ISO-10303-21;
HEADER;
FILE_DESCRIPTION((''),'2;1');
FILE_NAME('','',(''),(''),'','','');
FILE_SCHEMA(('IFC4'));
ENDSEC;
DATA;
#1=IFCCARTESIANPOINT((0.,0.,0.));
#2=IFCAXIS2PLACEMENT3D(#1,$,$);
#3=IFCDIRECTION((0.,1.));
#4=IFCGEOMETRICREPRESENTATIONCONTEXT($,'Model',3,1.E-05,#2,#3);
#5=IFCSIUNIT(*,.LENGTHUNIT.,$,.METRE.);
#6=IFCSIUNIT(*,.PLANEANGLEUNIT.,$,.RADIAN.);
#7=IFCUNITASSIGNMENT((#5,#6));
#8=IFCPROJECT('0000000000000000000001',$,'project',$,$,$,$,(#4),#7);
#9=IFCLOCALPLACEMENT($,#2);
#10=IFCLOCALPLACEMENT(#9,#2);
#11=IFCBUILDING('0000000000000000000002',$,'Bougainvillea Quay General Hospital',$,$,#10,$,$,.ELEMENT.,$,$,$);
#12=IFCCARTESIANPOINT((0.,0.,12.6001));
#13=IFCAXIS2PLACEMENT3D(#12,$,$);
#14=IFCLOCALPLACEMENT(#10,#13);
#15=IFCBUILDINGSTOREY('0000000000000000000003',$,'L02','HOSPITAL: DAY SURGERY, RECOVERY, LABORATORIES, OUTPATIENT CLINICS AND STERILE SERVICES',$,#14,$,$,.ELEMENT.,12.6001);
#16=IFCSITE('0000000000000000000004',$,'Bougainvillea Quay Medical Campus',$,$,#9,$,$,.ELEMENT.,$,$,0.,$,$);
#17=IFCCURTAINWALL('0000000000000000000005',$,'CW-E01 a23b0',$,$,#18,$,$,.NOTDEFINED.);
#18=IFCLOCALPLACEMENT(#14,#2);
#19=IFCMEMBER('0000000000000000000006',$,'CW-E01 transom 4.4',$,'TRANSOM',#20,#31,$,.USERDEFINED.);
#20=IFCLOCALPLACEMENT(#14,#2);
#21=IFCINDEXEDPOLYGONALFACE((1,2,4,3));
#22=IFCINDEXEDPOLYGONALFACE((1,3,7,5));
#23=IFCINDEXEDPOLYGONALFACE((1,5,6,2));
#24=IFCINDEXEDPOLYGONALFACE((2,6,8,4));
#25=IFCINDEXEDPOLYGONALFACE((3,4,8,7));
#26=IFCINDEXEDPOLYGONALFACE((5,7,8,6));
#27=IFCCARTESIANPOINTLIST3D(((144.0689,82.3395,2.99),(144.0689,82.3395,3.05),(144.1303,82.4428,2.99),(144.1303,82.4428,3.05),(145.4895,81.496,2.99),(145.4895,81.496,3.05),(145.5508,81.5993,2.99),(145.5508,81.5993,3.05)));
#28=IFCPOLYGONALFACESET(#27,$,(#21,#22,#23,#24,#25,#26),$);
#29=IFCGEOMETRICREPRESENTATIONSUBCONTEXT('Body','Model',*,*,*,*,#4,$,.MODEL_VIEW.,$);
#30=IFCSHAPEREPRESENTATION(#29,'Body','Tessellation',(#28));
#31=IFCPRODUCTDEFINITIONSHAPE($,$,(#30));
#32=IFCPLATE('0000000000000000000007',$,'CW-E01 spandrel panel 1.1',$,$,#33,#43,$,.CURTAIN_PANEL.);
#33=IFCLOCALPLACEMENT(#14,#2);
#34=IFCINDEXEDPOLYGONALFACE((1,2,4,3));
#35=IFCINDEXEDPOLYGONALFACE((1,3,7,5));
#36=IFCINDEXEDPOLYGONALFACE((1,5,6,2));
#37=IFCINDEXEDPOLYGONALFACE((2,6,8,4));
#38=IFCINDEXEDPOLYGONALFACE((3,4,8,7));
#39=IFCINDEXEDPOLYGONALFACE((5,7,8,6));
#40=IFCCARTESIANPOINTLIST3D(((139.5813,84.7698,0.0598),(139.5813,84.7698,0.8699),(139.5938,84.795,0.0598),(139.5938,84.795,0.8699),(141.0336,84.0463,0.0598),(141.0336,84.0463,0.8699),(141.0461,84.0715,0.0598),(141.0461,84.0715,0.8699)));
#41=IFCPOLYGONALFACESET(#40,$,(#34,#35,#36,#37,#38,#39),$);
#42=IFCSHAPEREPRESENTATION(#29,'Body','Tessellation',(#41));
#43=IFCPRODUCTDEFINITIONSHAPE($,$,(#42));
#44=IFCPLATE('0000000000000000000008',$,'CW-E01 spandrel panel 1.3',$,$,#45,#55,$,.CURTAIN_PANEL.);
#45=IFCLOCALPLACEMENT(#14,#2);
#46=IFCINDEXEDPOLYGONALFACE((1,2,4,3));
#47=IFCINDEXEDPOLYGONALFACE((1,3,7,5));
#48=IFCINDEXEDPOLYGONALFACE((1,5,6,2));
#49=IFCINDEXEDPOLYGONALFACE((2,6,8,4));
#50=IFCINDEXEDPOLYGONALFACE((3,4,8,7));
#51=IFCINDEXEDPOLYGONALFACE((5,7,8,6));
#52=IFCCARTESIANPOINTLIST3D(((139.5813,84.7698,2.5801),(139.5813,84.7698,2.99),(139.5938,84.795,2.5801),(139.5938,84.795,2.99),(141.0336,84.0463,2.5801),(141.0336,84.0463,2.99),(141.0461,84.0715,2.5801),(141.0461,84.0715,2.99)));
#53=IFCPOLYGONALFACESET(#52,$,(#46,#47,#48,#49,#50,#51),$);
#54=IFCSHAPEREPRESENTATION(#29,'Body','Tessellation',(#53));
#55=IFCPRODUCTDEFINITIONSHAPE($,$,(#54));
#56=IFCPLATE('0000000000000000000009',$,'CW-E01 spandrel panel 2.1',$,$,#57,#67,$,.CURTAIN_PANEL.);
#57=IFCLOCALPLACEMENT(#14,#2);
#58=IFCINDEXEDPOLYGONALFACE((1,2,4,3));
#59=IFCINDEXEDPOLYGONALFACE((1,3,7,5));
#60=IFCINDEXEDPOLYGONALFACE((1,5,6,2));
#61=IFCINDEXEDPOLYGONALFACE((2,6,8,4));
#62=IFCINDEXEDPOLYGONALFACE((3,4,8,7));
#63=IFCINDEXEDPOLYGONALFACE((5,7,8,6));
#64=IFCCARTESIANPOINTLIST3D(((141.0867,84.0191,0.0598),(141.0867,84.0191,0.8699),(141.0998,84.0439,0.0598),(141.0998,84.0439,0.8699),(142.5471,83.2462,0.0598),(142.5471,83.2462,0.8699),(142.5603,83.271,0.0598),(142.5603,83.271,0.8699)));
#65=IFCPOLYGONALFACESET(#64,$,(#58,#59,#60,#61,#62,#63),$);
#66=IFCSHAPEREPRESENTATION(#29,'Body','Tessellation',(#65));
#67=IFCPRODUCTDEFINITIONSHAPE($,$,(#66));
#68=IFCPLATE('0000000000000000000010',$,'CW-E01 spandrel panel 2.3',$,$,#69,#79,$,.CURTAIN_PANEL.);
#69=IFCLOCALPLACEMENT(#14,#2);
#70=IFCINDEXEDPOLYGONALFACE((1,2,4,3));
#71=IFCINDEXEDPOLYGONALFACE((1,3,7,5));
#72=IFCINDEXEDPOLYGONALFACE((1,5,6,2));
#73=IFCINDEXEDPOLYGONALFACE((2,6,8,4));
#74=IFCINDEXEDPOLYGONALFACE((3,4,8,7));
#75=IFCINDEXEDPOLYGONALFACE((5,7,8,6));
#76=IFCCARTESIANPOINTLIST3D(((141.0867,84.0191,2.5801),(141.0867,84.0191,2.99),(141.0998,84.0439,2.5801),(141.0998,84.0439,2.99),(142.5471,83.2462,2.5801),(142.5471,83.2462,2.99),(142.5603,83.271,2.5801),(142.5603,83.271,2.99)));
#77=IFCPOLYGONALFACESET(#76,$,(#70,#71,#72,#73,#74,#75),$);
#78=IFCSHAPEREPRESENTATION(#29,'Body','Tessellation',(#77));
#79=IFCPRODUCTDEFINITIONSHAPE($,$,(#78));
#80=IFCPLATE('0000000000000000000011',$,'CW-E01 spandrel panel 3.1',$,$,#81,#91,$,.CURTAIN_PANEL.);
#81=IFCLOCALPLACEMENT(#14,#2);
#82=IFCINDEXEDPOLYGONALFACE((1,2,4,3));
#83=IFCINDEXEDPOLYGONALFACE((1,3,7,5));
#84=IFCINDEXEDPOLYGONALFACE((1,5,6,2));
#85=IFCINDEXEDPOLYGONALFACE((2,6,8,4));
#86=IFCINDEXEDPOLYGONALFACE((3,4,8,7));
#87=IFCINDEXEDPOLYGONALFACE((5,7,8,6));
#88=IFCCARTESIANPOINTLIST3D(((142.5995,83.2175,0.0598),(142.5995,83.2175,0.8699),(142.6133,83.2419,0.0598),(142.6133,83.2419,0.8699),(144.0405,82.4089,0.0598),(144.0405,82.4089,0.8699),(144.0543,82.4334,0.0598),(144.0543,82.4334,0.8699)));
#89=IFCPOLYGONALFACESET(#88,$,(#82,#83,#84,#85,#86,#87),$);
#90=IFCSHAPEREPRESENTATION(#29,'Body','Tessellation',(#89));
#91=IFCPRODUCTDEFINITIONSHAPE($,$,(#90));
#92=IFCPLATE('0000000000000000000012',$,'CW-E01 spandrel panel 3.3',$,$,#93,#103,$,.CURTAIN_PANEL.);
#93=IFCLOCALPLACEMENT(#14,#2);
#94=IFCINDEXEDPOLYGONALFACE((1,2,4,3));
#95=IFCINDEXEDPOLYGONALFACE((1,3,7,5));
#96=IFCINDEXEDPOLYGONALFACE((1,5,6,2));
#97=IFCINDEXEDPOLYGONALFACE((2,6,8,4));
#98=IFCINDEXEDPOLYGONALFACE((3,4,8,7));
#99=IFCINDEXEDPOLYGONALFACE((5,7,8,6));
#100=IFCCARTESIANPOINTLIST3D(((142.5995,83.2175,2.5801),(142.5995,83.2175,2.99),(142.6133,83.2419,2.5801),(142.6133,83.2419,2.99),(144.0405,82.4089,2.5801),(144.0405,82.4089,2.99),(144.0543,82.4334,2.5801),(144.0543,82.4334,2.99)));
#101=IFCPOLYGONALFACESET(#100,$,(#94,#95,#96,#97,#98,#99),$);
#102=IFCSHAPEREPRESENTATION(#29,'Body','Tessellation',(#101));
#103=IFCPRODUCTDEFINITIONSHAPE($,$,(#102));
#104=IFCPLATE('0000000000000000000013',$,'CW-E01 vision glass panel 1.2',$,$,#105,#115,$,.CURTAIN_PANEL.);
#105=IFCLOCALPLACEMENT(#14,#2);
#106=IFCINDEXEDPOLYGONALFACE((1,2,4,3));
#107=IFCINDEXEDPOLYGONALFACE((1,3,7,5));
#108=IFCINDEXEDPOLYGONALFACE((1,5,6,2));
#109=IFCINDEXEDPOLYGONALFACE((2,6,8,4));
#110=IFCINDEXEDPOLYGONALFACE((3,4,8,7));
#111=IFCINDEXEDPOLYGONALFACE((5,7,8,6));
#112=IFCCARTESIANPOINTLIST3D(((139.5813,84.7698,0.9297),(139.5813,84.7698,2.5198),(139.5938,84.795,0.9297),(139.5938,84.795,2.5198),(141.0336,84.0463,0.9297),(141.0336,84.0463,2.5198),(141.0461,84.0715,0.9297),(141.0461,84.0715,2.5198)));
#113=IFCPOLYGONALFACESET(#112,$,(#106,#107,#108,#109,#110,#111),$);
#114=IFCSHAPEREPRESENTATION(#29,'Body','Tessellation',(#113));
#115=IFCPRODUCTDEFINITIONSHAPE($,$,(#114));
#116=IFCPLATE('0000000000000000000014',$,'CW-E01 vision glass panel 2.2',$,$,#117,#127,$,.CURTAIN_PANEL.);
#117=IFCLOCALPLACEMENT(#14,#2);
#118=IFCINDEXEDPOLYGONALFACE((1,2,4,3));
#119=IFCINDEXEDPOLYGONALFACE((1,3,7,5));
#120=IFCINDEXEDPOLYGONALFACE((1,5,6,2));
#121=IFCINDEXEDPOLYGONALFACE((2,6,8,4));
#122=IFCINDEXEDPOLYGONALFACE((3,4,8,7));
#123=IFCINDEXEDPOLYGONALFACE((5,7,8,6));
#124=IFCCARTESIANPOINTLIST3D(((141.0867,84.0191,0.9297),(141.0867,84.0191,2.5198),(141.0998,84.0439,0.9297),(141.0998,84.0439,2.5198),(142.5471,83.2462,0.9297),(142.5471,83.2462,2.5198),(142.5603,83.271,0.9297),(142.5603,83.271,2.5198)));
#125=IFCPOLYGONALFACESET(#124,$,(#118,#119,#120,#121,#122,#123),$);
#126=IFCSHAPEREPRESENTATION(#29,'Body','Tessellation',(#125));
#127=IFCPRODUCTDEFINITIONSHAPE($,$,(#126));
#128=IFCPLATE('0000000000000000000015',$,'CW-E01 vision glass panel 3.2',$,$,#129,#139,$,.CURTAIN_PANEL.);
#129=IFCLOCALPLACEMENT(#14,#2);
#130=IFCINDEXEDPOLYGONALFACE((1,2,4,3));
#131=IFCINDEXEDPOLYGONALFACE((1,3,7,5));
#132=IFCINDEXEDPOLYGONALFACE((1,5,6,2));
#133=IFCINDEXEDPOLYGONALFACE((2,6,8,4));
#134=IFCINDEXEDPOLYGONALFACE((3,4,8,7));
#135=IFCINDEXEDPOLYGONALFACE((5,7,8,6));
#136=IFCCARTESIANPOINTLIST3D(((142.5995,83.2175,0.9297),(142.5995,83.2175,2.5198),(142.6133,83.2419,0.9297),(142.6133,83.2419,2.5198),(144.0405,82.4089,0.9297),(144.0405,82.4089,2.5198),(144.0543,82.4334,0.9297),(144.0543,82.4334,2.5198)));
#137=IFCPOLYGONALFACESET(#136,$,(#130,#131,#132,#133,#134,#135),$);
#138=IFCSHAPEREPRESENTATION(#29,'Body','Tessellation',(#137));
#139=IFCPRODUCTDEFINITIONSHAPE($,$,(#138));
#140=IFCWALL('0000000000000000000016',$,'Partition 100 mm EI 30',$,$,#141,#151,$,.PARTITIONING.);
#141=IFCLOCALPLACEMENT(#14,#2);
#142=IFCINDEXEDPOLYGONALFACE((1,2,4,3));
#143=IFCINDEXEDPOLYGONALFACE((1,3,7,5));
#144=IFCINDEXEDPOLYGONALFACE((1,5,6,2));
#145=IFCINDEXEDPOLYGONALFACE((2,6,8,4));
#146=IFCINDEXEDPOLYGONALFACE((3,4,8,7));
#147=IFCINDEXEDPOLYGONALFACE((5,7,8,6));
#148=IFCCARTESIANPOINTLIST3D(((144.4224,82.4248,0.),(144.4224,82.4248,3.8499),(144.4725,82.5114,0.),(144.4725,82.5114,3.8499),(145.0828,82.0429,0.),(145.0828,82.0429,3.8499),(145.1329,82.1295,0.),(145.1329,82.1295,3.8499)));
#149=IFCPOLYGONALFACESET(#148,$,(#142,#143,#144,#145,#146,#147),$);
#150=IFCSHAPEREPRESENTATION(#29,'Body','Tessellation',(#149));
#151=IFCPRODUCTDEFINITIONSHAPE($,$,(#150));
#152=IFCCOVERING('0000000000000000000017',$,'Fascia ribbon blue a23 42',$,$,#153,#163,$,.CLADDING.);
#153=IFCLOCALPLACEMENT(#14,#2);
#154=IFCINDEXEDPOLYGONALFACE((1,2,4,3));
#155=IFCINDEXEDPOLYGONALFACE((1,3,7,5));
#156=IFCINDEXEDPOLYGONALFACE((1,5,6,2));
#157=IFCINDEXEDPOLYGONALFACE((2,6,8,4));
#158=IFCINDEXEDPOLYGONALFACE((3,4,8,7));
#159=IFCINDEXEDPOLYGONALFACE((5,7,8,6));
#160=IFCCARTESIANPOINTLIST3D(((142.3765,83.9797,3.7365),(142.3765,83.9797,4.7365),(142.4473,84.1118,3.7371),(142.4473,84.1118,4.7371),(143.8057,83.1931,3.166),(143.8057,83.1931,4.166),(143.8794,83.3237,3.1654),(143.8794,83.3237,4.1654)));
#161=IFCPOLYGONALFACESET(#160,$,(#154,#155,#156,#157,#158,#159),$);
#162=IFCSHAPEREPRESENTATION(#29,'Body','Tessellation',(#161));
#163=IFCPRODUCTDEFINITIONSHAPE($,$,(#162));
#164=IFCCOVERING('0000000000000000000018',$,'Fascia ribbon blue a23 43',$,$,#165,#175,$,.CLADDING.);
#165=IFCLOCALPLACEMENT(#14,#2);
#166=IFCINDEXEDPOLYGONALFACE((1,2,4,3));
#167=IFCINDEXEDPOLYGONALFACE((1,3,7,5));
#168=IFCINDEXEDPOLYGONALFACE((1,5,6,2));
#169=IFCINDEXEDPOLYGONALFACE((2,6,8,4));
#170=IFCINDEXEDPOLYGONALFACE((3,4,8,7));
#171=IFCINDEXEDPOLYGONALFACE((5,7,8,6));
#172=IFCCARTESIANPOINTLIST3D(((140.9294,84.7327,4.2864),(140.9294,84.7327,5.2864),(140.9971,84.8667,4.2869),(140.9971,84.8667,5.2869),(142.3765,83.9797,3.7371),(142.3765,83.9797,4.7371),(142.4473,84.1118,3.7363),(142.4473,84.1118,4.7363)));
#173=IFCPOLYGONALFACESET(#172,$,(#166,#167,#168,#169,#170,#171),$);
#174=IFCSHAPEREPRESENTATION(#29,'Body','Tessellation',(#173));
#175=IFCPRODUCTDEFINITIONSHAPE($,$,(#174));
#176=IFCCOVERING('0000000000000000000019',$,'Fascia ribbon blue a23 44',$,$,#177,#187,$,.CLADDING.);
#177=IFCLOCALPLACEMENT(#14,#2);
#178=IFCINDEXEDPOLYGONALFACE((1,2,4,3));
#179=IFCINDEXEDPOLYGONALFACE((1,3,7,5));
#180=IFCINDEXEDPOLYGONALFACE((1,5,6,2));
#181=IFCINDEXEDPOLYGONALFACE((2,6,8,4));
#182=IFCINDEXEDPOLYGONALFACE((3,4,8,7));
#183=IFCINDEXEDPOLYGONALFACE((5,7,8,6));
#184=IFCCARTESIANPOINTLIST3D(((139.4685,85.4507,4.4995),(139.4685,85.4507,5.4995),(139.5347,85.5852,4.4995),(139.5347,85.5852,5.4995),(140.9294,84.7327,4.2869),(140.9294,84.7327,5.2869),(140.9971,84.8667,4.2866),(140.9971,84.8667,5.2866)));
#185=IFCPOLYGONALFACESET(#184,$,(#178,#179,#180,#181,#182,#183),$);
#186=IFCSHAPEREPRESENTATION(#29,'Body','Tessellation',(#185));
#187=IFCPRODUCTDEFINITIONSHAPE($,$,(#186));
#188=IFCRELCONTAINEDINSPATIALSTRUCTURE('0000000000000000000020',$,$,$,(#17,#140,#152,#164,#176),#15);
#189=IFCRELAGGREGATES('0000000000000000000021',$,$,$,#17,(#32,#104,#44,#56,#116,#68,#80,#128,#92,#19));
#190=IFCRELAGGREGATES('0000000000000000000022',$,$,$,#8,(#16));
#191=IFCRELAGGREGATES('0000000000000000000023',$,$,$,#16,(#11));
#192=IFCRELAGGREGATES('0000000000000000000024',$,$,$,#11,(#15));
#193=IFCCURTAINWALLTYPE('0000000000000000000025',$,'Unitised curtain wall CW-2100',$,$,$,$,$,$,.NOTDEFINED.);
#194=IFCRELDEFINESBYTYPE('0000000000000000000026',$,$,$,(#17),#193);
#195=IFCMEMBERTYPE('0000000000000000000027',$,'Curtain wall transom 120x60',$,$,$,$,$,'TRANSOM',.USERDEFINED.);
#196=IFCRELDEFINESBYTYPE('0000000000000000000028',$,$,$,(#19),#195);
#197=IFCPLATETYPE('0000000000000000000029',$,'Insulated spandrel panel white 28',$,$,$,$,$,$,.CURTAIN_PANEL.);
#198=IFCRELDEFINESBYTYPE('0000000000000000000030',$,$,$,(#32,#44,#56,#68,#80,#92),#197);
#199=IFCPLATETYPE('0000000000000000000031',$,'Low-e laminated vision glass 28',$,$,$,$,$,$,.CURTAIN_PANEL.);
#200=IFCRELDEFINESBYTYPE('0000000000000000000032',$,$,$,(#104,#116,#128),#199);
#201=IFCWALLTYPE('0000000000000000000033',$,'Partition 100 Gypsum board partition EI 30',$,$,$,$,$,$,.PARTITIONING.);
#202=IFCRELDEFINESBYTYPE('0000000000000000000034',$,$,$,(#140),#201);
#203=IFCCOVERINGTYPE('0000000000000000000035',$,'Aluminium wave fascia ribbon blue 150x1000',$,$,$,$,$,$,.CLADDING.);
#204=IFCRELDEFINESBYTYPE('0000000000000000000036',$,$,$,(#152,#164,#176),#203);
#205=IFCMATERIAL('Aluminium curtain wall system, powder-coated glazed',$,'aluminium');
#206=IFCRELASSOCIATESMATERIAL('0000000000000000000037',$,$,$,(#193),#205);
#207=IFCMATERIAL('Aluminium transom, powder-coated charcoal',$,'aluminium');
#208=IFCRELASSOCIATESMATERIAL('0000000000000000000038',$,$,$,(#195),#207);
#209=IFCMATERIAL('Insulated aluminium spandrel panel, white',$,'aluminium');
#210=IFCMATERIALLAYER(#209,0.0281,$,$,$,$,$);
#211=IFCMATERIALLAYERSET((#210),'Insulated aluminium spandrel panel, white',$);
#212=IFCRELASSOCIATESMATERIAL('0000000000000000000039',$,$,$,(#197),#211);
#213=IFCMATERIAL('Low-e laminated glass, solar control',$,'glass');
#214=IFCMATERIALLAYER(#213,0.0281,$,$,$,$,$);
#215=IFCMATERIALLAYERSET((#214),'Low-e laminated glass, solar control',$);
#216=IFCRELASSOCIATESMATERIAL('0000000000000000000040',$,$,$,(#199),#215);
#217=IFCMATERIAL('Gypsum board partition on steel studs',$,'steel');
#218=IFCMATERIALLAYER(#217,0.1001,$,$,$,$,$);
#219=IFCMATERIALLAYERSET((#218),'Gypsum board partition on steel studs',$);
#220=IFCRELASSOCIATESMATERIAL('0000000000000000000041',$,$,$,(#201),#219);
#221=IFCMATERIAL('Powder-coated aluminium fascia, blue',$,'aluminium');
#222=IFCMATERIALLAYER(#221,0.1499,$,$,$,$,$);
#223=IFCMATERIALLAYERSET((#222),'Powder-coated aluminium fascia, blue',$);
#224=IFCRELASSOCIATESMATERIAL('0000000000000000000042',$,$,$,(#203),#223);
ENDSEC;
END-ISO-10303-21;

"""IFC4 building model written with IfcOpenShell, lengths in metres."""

from ifc_helpers import new_model, si_unit, direction, frame, frame_2d, origin, origin_2d, place, context, subcontext, project, spatial, polyline, rectangle, outline, extrude, material, layer, layer_set, material_profile, profile_set, type_object, element, aggregate, save


model = new_model("IFC4")

# Units and contexts
model_context = context("Model", 3, precision=1e-05, world=origin(), true_north=direction((0.0, 1.0)))
body_context = subcontext(model_context, "Body", "Model", "MODEL_VIEW")
ifc_project = project(units=[si_unit("LENGTHUNIT", "METRE"), si_unit("PLANEANGLEUNIT", "RADIAN")], contexts=[model_context])

# Site, building, storey
site_placement = place(None, origin())
site = spatial("IfcSite", under=ifc_project, at=site_placement, Name="Bougainvillea Quay Medical Campus", CompositionType="ELEMENT", RefElevation=0.0)
building_placement = place(site_placement, origin())
building = spatial("IfcBuilding", under=site, at=building_placement, Name="Bougainvillea Quay General Hospital", CompositionType="ELEMENT")
storey_placement = place(building_placement, frame((0.0, 0.0, 12.6001)))
storey = spatial("IfcBuildingStorey", under=building, at=storey_placement, Name="L02", Description="HOSPITAL: DAY SURGERY, RECOVERY, LABORATORIES, OUTPATIENT CLINICS AND STERILE SERVICES", CompositionType="ELEMENT", Elevation=12.6001)

# Curtain wall, member, plates
ifc_material_1 = material(Name="Aluminium curtain wall system, powder-coated glazed", Category="aluminium")
curtain_wall_type = type_object("IfcCurtainWallType", Name="Unitised curtain wall CW-2100", PredefinedType="NOTDEFINED", material=ifc_material_1)
curtain_wall_placement = place(storey_placement, origin())
curtain_wall = element("IfcCurtainWall", 1, at=curtain_wall_placement, inside=storey, type_object=curtain_wall_type, Name="CW-E01 a23b0", PredefinedType="NOTDEFINED")
ifc_material_2 = material(Name="Aluminium transom, powder-coated charcoal", Category="aluminium")
ifc_material_profile_1 = material_profile(ifc_material_2, rectangle(XDim=0.1201, YDim=0.0601, at=origin_2d()))
ifc_profile_set_1 = profile_set([ifc_material_profile_1], Name="Aluminium transom, powder-coated charcoal")
member_type_1 = type_object("IfcMemberType", Name="Curtain wall transom 120x60", ElementType="TRANSOM", PredefinedType="USERDEFINED", material=ifc_profile_set_1)
member_1_placement = place(storey_placement, frame((144.0996, 82.3911, 3.02), z_axis=(0.859857, -0.510535, 0.0), x_axis=(0.510535, 0.859857, 0.0)))
member_1 = element("IfcMember", 2, at=member_1_placement, type_object=member_type_1, Name="CW-E01 transom 4.4", ObjectType="TRANSOM", PredefinedType="USERDEFINED", context=body_context, shape_type="SweptSolid", body=[
    extrude(rectangle(XDim=0.1201, YDim=0.0601, at=origin_2d()), origin(), (0.0, 0.0, 1.0), 1.6521),
])
ifc_material_3 = material(Name="Insulated aluminium spandrel panel, white", Category="aluminium")
ifc_layer_1 = layer(ifc_material_3, 0.0281)
ifc_layer_set_1 = layer_set([ifc_layer_1], Name="Insulated aluminium spandrel panel, white")
plate_type_1 = type_object("IfcPlateType", Name="Insulated spandrel panel white 28", PredefinedType="CURTAIN_PANEL", material=ifc_layer_set_1)
plate_1_placement = place(storey_placement, frame((140.3137, 84.4207, 0.0598), z_axis=(0.0, 0.0, 1.0), x_axis=(0.895076, -0.445914, 0.0)))
plate_1 = element("IfcPlate", 3, at=plate_1_placement, type_object=plate_type_1, Name="CW-E01 spandrel panel 1.1", PredefinedType="CURTAIN_PANEL", context=body_context, shape_type="SweptSolid", body=[
    extrude(rectangle(XDim=1.6226, YDim=0.0281, at=origin_2d()), origin(), (0.0, 0.0, 1.0), 0.8101),
])
plate_2_placement = place(storey_placement, frame((140.3137, 84.4207, 2.5801), z_axis=(0.0, 0.0, 1.0), x_axis=(0.895076, -0.445914, 0.0)))
plate_2 = element("IfcPlate", 4, at=plate_2_placement, type_object=plate_type_1, Name="CW-E01 spandrel panel 1.3", PredefinedType="CURTAIN_PANEL", context=body_context, shape_type="SweptSolid", body=[
    extrude(rectangle(XDim=1.6226, YDim=0.0281, at=origin_2d()), origin(), (0.0, 0.0, 1.0), 0.4099),
])
plate_3_placement = place(storey_placement, frame((141.8235, 83.645, 0.0598), z_axis=(0.0, 0.0, 1.0), x_axis=(0.883859, -0.467753, 0.0)))
plate_3 = element("IfcPlate", 5, at=plate_3_placement, type_object=plate_type_1, Name="CW-E01 spandrel panel 2.1", PredefinedType="CURTAIN_PANEL", context=body_context, shape_type="SweptSolid", body=[
    extrude(rectangle(XDim=1.6523, YDim=0.0281, at=origin_2d()), origin(), (0.0, 0.0, 1.0), 0.8101),
])
plate_4_placement = place(storey_placement, frame((141.8235, 83.645, 2.5801), z_axis=(0.0, 0.0, 1.0), x_axis=(0.883859, -0.467753, 0.0)))
plate_4 = element("IfcPlate", 6, at=plate_4_placement, type_object=plate_type_1, Name="CW-E01 spandrel panel 2.3", PredefinedType="CURTAIN_PANEL", context=body_context, shape_type="SweptSolid", body=[
    extrude(rectangle(XDim=1.6523, YDim=0.0281, at=origin_2d()), origin(), (0.0, 0.0, 1.0), 0.4099),
])
plate_5_placement = place(storey_placement, frame((143.3269, 82.8254, 0.0598), z_axis=(0.0, 0.0, 1.0), x_axis=(0.87211, -0.48931, 0.0)))
plate_5 = element("IfcPlate", 7, at=plate_5_placement, type_object=plate_type_1, Name="CW-E01 spandrel panel 3.1", PredefinedType="CURTAIN_PANEL", context=body_context, shape_type="SweptSolid", body=[
    extrude(rectangle(XDim=1.6523, YDim=0.0281, at=origin_2d()), origin(), (0.0, 0.0, 1.0), 0.8101),
])
plate_6_placement = place(storey_placement, frame((143.3269, 82.8254, 2.5801), z_axis=(0.0, 0.0, 1.0), x_axis=(0.87211, -0.48931, 0.0)))
plate_6 = element("IfcPlate", 8, at=plate_6_placement, type_object=plate_type_1, Name="CW-E01 spandrel panel 3.3", PredefinedType="CURTAIN_PANEL", context=body_context, shape_type="SweptSolid", body=[
    extrude(rectangle(XDim=1.6523, YDim=0.0281, at=origin_2d()), origin(), (0.0, 0.0, 1.0), 0.4099),
])
ifc_material_4 = material(Name="Low-e laminated glass, solar control", Category="glass")
ifc_layer_2 = layer(ifc_material_4, 0.0281)
ifc_layer_set_2 = layer_set([ifc_layer_2], Name="Low-e laminated glass, solar control")
plate_type_2 = type_object("IfcPlateType", Name="Low-e laminated vision glass 28", PredefinedType="CURTAIN_PANEL", material=ifc_layer_set_2)
plate_7_placement = place(storey_placement, frame((140.3137, 84.4207, 0.9297), z_axis=(0.0, 0.0, 1.0), x_axis=(0.895076, -0.445914, 0.0)))
plate_7 = element("IfcPlate", 9, at=plate_7_placement, type_object=plate_type_2, Name="CW-E01 vision glass panel 1.2", PredefinedType="CURTAIN_PANEL", context=body_context, shape_type="SweptSolid", body=[
    extrude(rectangle(XDim=1.6226, YDim=0.0281, at=origin_2d()), origin(), (0.0, 0.0, 1.0), 1.5901),
])
plate_8_placement = place(storey_placement, frame((141.8235, 83.645, 0.9297), z_axis=(0.0, 0.0, 1.0), x_axis=(0.883859, -0.467753, 0.0)))
plate_8 = element("IfcPlate", 10, at=plate_8_placement, type_object=plate_type_2, Name="CW-E01 vision glass panel 2.2", PredefinedType="CURTAIN_PANEL", context=body_context, shape_type="SweptSolid", body=[
    extrude(rectangle(XDim=1.6523, YDim=0.0281, at=origin_2d()), origin(), (0.0, 0.0, 1.0), 1.5901),
])
plate_9_placement = place(storey_placement, frame((143.3269, 82.8254, 0.9297), z_axis=(0.0, 0.0, 1.0), x_axis=(0.87211, -0.48931, 0.0)))
plate_9 = element("IfcPlate", 11, at=plate_9_placement, type_object=plate_type_2, Name="CW-E01 vision glass panel 3.2", PredefinedType="CURTAIN_PANEL", context=body_context, shape_type="SweptSolid", body=[
    extrude(rectangle(XDim=1.6523, YDim=0.0281, at=origin_2d()), origin(), (0.0, 0.0, 1.0), 1.5901),
])
aggregate(curtain_wall, [plate_1, plate_7, plate_2, plate_3, plate_8, plate_4, plate_5, plate_9, plate_6, member_1])

# Wall
ifc_material_5 = material(Name="Gypsum board partition on steel studs", Category="steel")
ifc_layer_3 = layer(ifc_material_5, 0.1001)
ifc_layer_set_3 = layer_set([ifc_layer_3], Name="Gypsum board partition on steel studs")
wall_type = type_object("IfcWallType", Name="Partition 100 Gypsum board partition EI 30", PredefinedType="PARTITIONING", material=ifc_layer_set_3)
wall_placement = place(storey_placement, frame((144.4475, 82.468, 0.0), z_axis=(0.0, 0.0, 1.0), x_axis=(0.865711, -0.500544, 0.0)))
element("IfcWall", 12, at=wall_placement, inside=storey, type_object=wall_type, Name="Partition 100 mm EI 30", PredefinedType="PARTITIONING", context=body_context, shape_type="SweptSolid", body=[
    extrude(rectangle(XDim=0.7629, YDim=0.1001, at=frame_2d((0.3813, 0.0))), origin(), (0.0, 0.0, 1.0), 3.8499),
])

# Coverings
ifc_material_6 = material(Name="Powder-coated aluminium fascia, blue", Category="aluminium")
ifc_layer_4 = layer(ifc_material_6, 0.1499)
ifc_layer_set_4 = layer_set([ifc_layer_4], Name="Powder-coated aluminium fascia, blue")
covering_type = type_object("IfcCoveringType", Name="Aluminium wave fascia ribbon blue 150x1000", PredefinedType="CLADDING", material=ifc_layer_set_4)
covering_1_placement = place(storey_placement, frame((143.8057, 83.1931, 3.166), z_axis=(0.289206, -0.159117, 0.94395), x_axis=(-0.826967, 0.455157, 0.330088)))
element("IfcCovering", 13, at=covering_1_placement, inside=storey, type_object=covering_type, Name="Fascia ribbon blue a23 42", PredefinedType="CLADDING", context=body_context, shape_type="SweptSolid", body=[
    extrude(outline(polyline([(0.0, 0.0), (1.7282, 0.0), (1.73, -0.1499), (-0.0018, -0.15), (0.0, 0.0)])), origin(), (0.330088, 0.00005, 0.94395), 1.0),
])
covering_2_placement = place(storey_placement, frame((142.3765, 83.9797, 3.7371), z_axis=(0.283481, -0.146593, 0.947707), x_axis=(-0.840708, 0.437446, 0.31914)))
element("IfcCovering", 14, at=covering_2_placement, inside=storey, type_object=covering_type, Name="Fascia ribbon blue a23 43", PredefinedType="CLADDING", context=body_context, shape_type="SweptSolid", body=[
    extrude(outline(polyline([(0.0, 0.0), (1.7212, 0.0), (1.7231, -0.1501), (-0.002, -0.1498), (0.0, 0.0)])), origin(), (0.31914, 0.000766, 0.947707), 1.0),
])
covering_3_placement = place(storey_placement, frame((140.9294, 84.7327, 4.2869), z_axis=(0.116309, -0.057041, 0.991574), x_axis=(-0.889904, 0.437367, 0.129543)))
element("IfcCovering", 15, at=covering_3_placement, inside=storey, type_object=covering_type, Name="Fascia ribbon blue a23 44", PredefinedType="CLADDING", context=body_context, shape_type="SweptSolid", body=[
    extrude(outline(polyline([(0.0, 0.0), (1.6417, 0.0), (1.6416, -0.1499), (-0.0016, -0.1501), (0.0, 0.0)])), origin(), (0.129543, 0.000108, 0.991574), 1.0),
])

save(model, "model.ifc")
